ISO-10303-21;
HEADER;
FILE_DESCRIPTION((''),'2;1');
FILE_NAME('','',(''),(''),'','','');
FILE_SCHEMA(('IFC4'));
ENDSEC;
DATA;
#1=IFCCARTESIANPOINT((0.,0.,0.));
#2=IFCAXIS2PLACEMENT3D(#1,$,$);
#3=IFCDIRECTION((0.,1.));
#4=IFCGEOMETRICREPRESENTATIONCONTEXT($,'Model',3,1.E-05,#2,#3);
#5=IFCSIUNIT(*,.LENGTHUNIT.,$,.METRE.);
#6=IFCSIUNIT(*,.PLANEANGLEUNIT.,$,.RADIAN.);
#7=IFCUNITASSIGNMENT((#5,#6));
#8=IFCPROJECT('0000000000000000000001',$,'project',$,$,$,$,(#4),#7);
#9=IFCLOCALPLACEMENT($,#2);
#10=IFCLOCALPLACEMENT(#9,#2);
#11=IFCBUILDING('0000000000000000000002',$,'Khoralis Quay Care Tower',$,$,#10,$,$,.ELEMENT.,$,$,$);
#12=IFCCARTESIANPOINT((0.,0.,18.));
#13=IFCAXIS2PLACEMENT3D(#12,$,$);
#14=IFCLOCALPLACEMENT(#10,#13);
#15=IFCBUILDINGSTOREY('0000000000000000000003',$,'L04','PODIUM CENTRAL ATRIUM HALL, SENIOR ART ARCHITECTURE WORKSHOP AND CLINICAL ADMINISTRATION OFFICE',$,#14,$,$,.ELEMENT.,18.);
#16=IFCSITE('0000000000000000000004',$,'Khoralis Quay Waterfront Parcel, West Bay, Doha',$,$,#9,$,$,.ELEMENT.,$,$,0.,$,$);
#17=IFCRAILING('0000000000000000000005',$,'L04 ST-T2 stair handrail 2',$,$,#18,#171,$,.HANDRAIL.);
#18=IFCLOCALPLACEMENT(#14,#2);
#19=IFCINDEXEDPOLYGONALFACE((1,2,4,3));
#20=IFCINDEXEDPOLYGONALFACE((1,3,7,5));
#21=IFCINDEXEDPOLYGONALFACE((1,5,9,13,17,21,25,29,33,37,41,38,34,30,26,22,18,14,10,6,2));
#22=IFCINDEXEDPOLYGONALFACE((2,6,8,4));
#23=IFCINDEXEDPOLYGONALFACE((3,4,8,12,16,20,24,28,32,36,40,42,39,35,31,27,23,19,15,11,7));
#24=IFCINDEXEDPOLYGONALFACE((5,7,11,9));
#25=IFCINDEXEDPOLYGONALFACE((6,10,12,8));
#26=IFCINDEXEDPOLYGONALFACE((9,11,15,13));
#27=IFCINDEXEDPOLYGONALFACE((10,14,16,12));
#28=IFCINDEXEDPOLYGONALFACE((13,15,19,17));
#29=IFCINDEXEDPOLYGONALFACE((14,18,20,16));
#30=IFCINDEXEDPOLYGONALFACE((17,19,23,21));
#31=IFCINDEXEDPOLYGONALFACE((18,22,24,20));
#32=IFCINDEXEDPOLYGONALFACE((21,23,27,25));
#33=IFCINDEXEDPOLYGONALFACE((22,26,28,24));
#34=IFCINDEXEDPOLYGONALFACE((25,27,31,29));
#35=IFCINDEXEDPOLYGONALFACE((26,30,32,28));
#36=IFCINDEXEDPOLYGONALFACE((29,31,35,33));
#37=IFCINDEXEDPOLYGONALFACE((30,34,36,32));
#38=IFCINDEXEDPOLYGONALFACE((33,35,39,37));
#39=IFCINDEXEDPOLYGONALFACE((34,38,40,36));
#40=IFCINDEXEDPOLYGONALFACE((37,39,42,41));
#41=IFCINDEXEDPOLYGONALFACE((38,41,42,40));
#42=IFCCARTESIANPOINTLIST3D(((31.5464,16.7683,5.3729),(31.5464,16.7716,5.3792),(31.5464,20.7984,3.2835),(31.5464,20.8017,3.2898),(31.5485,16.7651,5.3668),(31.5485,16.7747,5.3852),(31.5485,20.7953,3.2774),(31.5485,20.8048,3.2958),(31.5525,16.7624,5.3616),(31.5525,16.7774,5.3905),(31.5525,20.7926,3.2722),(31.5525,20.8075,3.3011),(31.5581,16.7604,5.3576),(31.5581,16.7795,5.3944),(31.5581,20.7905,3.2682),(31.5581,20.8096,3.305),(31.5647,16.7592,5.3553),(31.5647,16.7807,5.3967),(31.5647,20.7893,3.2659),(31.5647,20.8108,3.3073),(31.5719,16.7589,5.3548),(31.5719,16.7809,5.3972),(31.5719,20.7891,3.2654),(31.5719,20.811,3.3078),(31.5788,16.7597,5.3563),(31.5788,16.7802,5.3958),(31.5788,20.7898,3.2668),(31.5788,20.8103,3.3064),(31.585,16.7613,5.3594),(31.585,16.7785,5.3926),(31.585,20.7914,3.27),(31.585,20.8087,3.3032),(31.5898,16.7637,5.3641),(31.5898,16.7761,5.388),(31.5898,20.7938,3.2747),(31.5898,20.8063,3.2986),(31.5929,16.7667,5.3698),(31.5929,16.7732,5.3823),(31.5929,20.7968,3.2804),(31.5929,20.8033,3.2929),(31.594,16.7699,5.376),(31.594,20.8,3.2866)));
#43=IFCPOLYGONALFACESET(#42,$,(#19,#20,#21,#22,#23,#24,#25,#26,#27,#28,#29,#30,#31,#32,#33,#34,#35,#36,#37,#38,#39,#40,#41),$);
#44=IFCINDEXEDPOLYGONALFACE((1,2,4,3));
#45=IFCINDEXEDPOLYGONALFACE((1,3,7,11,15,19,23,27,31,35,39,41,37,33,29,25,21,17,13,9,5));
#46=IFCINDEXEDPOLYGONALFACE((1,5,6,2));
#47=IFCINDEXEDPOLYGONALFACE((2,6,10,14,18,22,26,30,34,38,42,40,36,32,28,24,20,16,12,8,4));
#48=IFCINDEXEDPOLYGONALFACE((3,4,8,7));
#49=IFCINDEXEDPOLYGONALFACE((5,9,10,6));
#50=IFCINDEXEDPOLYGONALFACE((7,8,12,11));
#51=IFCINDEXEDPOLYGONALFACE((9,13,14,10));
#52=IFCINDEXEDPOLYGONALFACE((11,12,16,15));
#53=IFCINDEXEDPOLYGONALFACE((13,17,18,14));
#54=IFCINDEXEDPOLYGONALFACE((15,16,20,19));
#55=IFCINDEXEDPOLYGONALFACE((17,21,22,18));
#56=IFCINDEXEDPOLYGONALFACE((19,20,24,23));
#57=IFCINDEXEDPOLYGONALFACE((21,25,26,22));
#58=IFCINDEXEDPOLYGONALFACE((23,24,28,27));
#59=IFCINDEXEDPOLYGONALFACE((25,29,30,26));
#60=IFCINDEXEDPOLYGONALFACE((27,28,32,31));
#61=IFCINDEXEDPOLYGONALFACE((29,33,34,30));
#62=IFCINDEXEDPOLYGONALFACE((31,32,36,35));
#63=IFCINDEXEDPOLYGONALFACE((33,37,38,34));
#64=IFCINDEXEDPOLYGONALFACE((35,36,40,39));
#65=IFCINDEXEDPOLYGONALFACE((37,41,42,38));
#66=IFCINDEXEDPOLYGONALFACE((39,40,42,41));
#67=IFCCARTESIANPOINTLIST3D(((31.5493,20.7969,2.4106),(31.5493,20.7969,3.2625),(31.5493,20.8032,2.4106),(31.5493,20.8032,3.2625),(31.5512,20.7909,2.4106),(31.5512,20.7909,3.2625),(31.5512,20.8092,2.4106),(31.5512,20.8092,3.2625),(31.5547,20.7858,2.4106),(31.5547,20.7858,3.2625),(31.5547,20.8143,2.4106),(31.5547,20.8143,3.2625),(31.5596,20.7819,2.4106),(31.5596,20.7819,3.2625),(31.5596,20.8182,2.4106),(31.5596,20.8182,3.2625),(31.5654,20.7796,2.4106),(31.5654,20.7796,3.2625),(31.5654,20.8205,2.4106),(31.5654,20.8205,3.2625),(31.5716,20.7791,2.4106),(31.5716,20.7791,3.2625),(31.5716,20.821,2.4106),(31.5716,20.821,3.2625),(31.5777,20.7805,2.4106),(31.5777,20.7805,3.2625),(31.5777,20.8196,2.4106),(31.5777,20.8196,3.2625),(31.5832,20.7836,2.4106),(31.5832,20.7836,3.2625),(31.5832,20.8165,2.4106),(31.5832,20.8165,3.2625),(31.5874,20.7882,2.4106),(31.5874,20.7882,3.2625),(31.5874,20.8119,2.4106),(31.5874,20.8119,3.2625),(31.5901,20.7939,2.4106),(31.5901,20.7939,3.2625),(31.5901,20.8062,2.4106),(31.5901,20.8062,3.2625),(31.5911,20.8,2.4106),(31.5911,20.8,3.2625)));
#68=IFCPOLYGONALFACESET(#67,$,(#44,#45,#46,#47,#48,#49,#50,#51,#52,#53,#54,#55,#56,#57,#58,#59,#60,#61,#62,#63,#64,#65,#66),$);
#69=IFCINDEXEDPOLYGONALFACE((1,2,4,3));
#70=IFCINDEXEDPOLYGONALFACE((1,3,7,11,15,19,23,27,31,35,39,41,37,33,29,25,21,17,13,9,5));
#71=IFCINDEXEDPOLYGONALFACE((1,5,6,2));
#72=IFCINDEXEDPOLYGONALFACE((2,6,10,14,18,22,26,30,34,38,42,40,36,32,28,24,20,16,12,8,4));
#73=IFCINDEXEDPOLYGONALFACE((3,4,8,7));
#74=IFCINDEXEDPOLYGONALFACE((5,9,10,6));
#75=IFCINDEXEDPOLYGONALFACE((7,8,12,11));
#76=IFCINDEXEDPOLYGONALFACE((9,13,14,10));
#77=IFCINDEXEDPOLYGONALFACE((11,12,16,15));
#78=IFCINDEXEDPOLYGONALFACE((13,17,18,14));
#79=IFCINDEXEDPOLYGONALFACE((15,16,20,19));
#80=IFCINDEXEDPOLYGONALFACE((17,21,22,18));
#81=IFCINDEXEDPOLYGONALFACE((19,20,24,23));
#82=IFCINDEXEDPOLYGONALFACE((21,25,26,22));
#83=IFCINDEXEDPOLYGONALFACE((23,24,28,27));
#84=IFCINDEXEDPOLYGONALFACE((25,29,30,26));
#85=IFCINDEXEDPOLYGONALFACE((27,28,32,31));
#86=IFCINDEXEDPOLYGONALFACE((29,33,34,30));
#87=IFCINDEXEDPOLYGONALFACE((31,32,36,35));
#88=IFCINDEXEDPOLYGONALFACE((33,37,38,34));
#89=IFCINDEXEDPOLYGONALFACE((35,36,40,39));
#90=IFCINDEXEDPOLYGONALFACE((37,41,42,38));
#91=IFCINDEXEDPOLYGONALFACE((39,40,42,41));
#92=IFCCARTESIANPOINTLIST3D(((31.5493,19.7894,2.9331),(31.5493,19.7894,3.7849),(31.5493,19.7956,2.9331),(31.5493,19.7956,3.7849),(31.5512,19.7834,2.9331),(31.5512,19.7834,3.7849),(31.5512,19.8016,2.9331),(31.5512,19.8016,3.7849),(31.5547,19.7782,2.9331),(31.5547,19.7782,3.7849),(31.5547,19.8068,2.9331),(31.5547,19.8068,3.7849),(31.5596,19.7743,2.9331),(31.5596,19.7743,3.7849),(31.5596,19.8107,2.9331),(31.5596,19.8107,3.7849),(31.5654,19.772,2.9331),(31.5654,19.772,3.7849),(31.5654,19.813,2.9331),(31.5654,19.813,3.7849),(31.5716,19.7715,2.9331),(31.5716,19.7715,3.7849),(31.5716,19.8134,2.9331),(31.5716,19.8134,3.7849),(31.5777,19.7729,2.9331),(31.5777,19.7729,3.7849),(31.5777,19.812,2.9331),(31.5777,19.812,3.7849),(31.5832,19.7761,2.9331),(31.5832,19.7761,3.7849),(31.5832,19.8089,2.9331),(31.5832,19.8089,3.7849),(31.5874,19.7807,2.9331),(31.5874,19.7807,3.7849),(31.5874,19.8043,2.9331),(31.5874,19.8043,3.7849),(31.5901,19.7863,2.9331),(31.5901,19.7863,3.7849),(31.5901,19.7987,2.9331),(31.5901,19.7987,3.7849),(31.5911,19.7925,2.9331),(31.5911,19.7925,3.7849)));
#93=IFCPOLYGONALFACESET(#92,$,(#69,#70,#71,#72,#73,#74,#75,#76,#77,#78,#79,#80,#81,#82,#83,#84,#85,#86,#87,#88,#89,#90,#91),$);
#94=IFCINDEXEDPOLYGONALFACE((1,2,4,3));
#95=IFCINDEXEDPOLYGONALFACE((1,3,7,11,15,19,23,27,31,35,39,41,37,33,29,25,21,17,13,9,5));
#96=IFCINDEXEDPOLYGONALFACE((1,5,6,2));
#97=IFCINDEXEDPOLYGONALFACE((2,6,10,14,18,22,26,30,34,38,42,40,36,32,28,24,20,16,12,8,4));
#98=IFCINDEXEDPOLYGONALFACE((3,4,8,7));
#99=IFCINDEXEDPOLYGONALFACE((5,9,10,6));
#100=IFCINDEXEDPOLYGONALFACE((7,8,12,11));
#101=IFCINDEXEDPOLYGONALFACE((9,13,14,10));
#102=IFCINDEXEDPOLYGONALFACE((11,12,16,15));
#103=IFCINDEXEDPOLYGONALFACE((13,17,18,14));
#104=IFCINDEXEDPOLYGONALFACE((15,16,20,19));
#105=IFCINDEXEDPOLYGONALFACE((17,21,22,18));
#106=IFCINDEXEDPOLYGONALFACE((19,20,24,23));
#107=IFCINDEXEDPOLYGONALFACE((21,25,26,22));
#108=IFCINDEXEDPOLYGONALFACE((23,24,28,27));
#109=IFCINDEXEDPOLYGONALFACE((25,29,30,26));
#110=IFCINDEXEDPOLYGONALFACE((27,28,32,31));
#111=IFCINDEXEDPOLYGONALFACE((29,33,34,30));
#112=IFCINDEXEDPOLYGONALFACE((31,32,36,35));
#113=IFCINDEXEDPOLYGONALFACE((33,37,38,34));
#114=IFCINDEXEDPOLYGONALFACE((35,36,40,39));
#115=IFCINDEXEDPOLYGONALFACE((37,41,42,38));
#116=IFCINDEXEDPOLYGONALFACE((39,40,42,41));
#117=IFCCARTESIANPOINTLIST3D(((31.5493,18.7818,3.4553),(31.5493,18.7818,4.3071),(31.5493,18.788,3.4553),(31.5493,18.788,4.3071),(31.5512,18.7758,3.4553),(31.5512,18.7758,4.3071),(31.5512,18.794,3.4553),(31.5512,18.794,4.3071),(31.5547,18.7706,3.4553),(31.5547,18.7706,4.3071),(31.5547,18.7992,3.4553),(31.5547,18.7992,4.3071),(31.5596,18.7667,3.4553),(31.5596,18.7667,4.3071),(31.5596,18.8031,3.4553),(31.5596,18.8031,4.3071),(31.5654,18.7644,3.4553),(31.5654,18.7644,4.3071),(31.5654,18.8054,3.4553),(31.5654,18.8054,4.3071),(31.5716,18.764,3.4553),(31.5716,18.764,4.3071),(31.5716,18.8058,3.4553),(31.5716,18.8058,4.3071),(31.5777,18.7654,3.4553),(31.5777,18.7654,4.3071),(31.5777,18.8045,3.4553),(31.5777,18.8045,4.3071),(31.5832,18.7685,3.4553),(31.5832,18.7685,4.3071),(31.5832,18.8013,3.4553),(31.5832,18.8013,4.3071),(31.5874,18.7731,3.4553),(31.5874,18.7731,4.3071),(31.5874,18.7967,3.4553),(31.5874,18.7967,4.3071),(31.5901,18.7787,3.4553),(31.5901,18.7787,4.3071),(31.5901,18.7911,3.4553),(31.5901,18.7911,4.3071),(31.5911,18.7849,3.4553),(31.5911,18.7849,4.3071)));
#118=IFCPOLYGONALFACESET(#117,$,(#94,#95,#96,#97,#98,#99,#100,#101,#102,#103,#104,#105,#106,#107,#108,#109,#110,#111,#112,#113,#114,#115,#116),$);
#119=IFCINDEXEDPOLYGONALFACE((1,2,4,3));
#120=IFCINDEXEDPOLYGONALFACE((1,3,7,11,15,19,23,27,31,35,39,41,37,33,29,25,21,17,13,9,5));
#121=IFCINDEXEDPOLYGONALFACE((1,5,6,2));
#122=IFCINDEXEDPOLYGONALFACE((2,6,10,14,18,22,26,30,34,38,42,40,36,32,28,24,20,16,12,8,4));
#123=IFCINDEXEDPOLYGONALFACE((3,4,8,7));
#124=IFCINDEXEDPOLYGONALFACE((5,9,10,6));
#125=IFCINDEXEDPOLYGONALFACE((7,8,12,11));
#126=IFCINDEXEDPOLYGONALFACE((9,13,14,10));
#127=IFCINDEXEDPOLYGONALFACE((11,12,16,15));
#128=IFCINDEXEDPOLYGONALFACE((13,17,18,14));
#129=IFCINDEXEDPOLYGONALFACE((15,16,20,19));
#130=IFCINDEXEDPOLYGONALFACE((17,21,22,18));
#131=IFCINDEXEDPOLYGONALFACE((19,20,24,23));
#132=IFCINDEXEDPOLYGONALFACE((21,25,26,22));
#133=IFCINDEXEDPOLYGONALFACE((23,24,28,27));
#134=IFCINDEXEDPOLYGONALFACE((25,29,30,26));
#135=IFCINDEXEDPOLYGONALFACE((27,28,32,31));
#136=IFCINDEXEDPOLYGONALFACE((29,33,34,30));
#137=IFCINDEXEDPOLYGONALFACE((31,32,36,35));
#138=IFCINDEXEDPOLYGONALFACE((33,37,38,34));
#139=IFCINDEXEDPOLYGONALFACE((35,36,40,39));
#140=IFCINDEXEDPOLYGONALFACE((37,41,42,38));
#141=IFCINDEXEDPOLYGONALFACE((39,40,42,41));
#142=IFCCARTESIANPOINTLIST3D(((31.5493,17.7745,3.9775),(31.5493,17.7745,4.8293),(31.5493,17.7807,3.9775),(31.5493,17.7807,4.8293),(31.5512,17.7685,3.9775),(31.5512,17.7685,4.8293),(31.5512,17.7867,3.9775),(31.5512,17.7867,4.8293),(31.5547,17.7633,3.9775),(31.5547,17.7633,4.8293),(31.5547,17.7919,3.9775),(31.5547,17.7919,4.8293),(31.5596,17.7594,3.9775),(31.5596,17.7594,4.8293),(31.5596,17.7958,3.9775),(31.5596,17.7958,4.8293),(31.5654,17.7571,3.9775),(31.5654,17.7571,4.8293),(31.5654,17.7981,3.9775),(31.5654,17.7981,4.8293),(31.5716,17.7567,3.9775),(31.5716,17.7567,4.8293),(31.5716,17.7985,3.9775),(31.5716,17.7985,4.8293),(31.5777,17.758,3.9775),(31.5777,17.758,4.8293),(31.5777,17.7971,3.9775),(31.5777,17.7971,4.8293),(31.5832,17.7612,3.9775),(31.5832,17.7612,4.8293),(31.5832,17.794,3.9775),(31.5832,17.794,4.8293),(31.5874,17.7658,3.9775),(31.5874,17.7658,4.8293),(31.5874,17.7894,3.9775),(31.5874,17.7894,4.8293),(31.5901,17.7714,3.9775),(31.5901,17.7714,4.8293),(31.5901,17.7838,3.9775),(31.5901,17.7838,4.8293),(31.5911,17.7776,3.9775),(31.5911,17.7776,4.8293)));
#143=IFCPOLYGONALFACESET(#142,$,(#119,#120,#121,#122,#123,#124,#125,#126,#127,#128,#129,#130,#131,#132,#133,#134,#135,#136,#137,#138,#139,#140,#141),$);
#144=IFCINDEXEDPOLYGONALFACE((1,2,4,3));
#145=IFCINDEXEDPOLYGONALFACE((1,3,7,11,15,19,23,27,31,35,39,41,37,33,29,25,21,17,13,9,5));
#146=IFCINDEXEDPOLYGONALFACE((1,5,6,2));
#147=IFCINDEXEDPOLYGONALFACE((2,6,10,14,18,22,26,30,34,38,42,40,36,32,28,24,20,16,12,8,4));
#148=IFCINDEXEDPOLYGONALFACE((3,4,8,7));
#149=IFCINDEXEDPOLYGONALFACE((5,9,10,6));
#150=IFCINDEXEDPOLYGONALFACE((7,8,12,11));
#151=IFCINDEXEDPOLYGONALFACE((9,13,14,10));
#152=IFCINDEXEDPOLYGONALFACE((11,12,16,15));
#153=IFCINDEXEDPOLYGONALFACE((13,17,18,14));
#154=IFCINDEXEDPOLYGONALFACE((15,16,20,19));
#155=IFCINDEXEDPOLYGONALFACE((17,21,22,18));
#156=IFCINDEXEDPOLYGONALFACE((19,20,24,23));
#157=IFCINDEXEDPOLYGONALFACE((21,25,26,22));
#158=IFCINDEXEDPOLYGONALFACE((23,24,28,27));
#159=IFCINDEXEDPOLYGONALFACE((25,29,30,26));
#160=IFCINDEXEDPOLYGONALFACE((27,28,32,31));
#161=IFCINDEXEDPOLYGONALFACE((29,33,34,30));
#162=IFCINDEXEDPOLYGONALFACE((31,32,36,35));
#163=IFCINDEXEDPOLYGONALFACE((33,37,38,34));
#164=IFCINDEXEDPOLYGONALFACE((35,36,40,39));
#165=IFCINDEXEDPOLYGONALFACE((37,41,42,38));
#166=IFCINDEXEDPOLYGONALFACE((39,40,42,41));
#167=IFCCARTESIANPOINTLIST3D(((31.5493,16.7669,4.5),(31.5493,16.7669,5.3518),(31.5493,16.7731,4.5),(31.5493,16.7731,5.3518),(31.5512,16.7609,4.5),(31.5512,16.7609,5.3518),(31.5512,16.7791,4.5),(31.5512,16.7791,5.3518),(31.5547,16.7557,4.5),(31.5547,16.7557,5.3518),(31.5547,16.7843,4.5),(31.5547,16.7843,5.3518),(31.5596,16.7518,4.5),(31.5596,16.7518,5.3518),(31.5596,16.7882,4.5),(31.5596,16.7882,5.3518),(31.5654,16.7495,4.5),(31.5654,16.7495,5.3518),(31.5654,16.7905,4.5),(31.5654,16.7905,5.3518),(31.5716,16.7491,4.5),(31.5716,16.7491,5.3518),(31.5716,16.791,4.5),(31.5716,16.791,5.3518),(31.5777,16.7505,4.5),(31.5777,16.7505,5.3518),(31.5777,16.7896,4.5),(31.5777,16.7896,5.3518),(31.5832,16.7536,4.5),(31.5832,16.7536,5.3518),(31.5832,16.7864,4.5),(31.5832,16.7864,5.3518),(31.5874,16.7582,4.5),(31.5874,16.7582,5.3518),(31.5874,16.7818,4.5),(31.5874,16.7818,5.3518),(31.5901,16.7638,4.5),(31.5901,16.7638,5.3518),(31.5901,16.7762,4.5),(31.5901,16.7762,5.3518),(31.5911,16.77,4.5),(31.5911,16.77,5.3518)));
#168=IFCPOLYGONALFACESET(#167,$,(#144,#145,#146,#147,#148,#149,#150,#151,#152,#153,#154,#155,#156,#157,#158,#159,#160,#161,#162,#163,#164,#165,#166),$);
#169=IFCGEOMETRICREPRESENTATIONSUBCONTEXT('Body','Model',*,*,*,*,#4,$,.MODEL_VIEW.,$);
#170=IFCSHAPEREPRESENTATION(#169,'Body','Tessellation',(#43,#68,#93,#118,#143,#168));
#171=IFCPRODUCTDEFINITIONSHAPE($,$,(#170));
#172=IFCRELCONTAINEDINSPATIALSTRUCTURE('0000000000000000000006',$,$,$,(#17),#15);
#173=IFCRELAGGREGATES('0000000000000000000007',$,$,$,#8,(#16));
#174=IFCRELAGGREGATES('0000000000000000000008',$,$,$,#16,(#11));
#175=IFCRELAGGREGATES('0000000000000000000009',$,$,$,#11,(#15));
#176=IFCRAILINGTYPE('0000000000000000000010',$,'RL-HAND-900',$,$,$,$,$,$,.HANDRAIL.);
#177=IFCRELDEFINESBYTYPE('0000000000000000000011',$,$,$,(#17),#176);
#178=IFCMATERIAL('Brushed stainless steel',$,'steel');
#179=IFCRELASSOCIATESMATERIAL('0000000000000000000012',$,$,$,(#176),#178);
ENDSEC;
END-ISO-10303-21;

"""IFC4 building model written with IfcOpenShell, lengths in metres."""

from ifc_helpers import new_model, si_unit, direction, frame, origin, origin_2d, place, context, subcontext, project, spatial, circle, extrude, material, type_object, element, save


model = new_model("IFC4")

# Units and contexts
model_context = context("Model", 3, precision=1e-05, world=origin(), true_north=direction((0.0, 1.0)))
body_context = subcontext(model_context, "Body", "Model", "MODEL_VIEW")
ifc_project = project(units=[si_unit("LENGTHUNIT", "METRE"), si_unit("PLANEANGLEUNIT", "RADIAN")], contexts=[model_context])

# Site, building, storey
site_placement = place(None, origin())
site = spatial("IfcSite", under=ifc_project, at=site_placement, Name="Khoralis Quay Waterfront Parcel, West Bay, Doha", CompositionType="ELEMENT", RefElevation=0.0)
building_placement = place(site_placement, origin())
building = spatial("IfcBuilding", under=site, at=building_placement, Name="Khoralis Quay Care Tower", CompositionType="ELEMENT")
storey_placement = place(building_placement, frame((0.0, 0.0, 18.0)))
storey = spatial("IfcBuildingStorey", under=building, at=storey_placement, Name="L04", Description="PODIUM CENTRAL ATRIUM HALL, SENIOR ART ARCHITECTURE WORKSHOP AND CLINICAL ADMINISTRATION OFFICE", CompositionType="ELEMENT", Elevation=18.0)

# Shared definitions
ifc_material_1 = material(Name="Brushed stainless steel", Category="steel")

# Railing
railing_type_1 = type_object("IfcRailingType", Name="RL-HAND-900", PredefinedType="HANDRAIL", material=ifc_material_1)
railing_1_placement = place(storey_placement, frame((31.5701, 20.8, 2.4106)))
element("IfcRailing", 1, at=railing_1_placement, inside=storey, type_object=railing_type_1, Name="L04 ST-T2 stair handrail 2", PredefinedType="HANDRAIL", context=body_context, shape_type="SweptSolid", body=[
    extrude(circle(Radius=0.0239, at=origin_2d()), frame((0.0, 0.0, 0.876), z_axis=(0.0, -0.887781, 0.460267), x_axis=(1.0, 0.0, 0.0)), (0.0, 0.0, 1.0), 4.5396),
    extrude(circle(Radius=0.021, at=origin_2d()), origin(), (0.0, 0.0, 1.0), 0.8518),
    extrude(circle(Radius=0.021, at=origin_2d()), frame((0.0, -1.0076, 0.5225)), (0.0, 0.0, 1.0), 0.8518),
    extrude(circle(Radius=0.021, at=origin_2d()), frame((0.0, -2.0151, 1.0447)), (0.0, 0.0, 1.0), 0.8518),
    extrude(circle(Radius=0.021, at=origin_2d()), frame((0.0, -3.0225, 1.5669)), (0.0, 0.0, 1.0), 0.8518),
    extrude(circle(Radius=0.021, at=origin_2d()), frame((0.0, -4.03, 2.0894)), (0.0, 0.0, 1.0), 0.8518),
])

save(model, "model.ifc")
